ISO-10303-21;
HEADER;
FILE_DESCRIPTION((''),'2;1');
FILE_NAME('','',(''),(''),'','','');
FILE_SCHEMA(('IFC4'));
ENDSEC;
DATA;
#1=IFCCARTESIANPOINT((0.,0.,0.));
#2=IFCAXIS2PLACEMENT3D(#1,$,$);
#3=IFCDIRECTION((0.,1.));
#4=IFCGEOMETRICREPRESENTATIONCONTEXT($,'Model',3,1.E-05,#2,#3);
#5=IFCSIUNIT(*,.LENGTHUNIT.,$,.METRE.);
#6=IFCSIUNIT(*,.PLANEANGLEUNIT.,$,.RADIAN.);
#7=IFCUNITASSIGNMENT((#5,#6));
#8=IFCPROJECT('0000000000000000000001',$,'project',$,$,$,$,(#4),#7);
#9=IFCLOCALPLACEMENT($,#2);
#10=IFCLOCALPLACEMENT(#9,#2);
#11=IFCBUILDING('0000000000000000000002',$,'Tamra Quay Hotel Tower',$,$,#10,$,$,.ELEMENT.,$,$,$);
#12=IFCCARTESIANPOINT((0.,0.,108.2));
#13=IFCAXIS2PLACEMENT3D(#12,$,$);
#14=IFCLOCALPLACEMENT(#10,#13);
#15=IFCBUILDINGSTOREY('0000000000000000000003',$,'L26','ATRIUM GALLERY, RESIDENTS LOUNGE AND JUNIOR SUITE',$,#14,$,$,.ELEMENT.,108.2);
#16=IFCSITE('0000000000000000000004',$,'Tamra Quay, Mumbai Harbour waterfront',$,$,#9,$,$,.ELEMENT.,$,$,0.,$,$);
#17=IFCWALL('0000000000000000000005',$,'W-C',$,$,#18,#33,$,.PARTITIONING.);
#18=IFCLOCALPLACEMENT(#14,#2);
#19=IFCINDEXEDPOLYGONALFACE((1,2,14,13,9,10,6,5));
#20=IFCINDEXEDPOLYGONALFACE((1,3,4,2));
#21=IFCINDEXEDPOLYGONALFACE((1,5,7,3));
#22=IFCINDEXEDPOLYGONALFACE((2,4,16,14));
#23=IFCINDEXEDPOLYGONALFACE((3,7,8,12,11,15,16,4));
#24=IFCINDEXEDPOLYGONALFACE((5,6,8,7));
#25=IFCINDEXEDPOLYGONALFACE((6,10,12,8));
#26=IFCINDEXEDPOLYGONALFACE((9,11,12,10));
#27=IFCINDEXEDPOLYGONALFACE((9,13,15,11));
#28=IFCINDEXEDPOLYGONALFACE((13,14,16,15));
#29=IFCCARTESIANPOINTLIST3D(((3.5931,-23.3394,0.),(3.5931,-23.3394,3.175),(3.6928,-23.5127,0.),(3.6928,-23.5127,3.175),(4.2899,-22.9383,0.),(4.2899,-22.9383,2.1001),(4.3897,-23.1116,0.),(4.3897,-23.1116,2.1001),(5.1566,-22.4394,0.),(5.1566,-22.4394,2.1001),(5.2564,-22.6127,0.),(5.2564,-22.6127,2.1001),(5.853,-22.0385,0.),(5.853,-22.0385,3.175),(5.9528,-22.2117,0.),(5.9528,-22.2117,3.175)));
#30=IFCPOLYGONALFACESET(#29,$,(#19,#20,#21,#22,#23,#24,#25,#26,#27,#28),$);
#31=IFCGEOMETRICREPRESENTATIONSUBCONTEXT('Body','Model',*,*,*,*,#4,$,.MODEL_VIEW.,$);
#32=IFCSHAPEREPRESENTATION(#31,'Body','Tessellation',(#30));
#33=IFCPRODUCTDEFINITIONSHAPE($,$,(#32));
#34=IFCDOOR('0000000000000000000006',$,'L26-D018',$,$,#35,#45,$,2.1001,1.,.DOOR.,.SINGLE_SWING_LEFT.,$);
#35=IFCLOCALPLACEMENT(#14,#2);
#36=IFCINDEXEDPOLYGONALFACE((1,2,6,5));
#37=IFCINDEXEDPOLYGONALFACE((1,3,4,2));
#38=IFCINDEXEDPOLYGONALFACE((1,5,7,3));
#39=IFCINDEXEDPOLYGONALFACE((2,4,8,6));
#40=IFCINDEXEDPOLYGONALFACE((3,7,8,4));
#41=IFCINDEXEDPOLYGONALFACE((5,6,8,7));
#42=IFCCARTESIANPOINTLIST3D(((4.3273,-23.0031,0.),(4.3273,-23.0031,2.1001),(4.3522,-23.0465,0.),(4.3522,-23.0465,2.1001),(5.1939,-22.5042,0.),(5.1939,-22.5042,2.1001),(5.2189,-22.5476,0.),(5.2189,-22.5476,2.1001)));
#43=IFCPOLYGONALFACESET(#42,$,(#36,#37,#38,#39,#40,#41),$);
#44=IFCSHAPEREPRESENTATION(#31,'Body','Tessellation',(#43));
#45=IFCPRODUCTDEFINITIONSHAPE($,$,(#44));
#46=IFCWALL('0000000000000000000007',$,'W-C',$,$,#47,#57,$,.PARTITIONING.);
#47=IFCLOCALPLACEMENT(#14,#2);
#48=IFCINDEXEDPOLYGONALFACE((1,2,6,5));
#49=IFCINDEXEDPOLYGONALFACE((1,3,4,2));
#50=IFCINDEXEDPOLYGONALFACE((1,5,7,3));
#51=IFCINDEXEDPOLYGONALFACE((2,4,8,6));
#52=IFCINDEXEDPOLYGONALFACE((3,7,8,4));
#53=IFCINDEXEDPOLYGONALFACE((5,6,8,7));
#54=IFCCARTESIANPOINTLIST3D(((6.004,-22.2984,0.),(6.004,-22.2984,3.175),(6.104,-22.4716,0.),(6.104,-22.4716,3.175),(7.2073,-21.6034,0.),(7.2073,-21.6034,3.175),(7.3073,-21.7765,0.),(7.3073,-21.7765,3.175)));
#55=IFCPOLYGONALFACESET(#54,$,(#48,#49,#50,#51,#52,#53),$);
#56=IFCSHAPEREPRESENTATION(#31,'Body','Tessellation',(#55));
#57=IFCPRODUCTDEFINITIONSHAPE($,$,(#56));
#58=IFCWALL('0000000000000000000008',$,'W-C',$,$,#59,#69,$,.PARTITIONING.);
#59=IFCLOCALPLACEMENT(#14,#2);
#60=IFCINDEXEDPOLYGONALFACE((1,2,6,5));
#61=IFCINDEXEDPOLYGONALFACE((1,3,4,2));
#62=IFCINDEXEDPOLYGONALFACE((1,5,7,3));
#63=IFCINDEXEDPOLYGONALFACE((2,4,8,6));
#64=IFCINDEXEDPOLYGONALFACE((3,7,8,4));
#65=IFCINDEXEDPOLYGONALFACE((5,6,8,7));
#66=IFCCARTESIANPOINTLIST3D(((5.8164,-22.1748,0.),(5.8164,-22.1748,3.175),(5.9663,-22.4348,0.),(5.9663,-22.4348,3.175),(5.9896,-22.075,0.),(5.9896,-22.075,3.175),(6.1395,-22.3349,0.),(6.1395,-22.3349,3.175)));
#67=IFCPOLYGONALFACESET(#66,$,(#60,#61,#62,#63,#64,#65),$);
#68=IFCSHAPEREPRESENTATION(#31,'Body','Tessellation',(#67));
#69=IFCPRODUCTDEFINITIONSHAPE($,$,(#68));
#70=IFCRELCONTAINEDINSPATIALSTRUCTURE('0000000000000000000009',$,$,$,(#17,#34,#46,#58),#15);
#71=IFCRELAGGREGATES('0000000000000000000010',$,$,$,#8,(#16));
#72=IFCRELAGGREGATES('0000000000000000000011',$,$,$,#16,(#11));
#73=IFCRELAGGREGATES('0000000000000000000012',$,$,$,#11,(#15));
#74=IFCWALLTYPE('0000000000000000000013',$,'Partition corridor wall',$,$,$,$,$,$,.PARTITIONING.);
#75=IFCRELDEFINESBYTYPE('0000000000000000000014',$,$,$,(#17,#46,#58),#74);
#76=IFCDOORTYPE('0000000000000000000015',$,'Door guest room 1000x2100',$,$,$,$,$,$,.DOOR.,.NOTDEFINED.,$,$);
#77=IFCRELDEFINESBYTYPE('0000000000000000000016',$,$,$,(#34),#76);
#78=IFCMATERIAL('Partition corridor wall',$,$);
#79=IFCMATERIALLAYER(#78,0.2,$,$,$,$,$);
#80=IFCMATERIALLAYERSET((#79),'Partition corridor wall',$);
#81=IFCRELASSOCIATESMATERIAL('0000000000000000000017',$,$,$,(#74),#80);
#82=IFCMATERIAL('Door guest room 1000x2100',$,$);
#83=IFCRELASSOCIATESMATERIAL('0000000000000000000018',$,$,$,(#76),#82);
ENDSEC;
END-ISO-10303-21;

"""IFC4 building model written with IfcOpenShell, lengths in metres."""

from ifc_helpers import new_model, si_unit, direction, frame, frame_2d, origin, place, context, subcontext, project, spatial, rectangle, extrude, material, layer, layer_set, type_object, element, fill, save


model = new_model("IFC4")

# Units and contexts
model_context = context("Model", 3, precision=1e-05, world=origin(), true_north=direction((0.0, 1.0)))
body_context = subcontext(model_context, "Body", "Model", "MODEL_VIEW")
ifc_project = project(units=[si_unit("LENGTHUNIT", "METRE"), si_unit("PLANEANGLEUNIT", "RADIAN")], contexts=[model_context])

# Site, building, storey
site_placement = place(None, origin())
site = spatial("IfcSite", under=ifc_project, at=site_placement, Name="Tamra Quay, Mumbai Harbour waterfront", CompositionType="ELEMENT", RefElevation=0.0)
building_placement = place(site_placement, origin())
building = spatial("IfcBuilding", under=site, at=building_placement, Name="Tamra Quay Hotel Tower", CompositionType="ELEMENT")
storey_placement = place(building_placement, frame((0.0, 0.0, 108.2)))
storey = spatial("IfcBuildingStorey", under=building, at=storey_placement, Name="L26", Description="ATRIUM GALLERY, RESIDENTS LOUNGE AND JUNIOR SUITE", CompositionType="ELEMENT", Elevation=108.2)

# Wall, opening, door
ifc_material_1 = material(Name="Partition corridor wall")
ifc_layer_1 = layer(ifc_material_1, 0.2)
ifc_layer_set_1 = layer_set([ifc_layer_1], Name="Partition corridor wall")
wall_type_1 = type_object("IfcWallType", Name="Partition corridor wall", PredefinedType="PARTITIONING", material=ifc_layer_set_1)
wall_1_placement = place(storey_placement, frame((3.6431, -23.426, 0.0), z_axis=(0.0, 0.0, 1.0), x_axis=(0.866654, 0.498909, 0.0)))
wall_1 = element("IfcWall", 1, at=wall_1_placement, inside=storey, type_object=wall_type_1, Name="W-C", PredefinedType="PARTITIONING", context=body_context, shape_type="SweptSolid", body=[
    extrude(rectangle(XDim=2.6077, YDim=0.2, at=frame_2d((1.3037, 0.0))), origin(), (0.0, 0.0, 1.0), 3.175),
])
opening_1_placement = place(wall_1_placement, frame((0.804, 0.0, 0.0)))
opening_1 = element("IfcOpeningElement", 2, at=opening_1_placement, cuts=wall_1, PredefinedType="OPENING", context=body_context, shape_type="SweptSolid", body=[
    extrude(rectangle(XDim=1.0, YDim=2.1001, at=frame_2d((0.5, 1.05))), frame((0.0, 0.1099, 0.0), z_axis=(0.0, -1.0, 0.0), x_axis=(1.0, 0.0, 0.0)), (0.0, 0.0, 1.0), 0.22),
])
ifc_material_2 = material(Name="Door guest room 1000x2100")
door_type_1 = type_object("IfcDoorType", Name="Door guest room 1000x2100", OperationType="NOTDEFINED", PredefinedType="DOOR", material=ifc_material_2)
door_1_placement = place(opening_1_placement, frame((1.0, 0.0, 0.0), z_axis=(0.0, 0.0, 1.0), x_axis=(-1.0, 0.0, 0.0)))
door_1 = element("IfcDoor", 3, at=door_1_placement, inside=storey, type_object=door_type_1, Name="L26-D018", OperationType="SINGLE_SWING_LEFT", OverallHeight=2.1001, OverallWidth=1.0, PredefinedType="DOOR", context=body_context, shape_type="SweptSolid", body=[
    extrude(rectangle(XDim=1.0, YDim=2.1001, at=frame_2d((0.5, 1.05))), frame((0.0, 0.0249, 0.0), z_axis=(0.0, -1.0, 0.0), x_axis=(1.0, 0.0, 0.0)), (0.0, 0.0, 1.0), 0.05),
])
fill(opening_1, door_1)

# Walls
wall_2_placement = place(storey_placement, frame((6.054, -22.385, 0.0), z_axis=(0.0, 0.0, 1.0), x_axis=(0.865931, 0.500163, 0.0)))
element("IfcWall", 4, at=wall_2_placement, inside=storey, type_object=wall_type_1, Name="W-C", PredefinedType="PARTITIONING", context=body_context, shape_type="SweptSolid", body=[
    extrude(rectangle(XDim=1.3896, YDim=0.2, at=frame_2d((0.6948, 0.0))), origin(), (0.0, 0.0, 1.0), 3.175),
])
wall_3_placement = place(storey_placement, frame((5.9031, -22.125, 0.0), z_axis=(0.0, 0.0, 1.0), x_axis=(0.499464, -0.866335, 0.0)))
element("IfcWall", 5, at=wall_3_placement, inside=storey, type_object=wall_type_1, Name="W-C", PredefinedType="PARTITIONING", context=body_context, shape_type="SweptSolid", body=[
    extrude(rectangle(XDim=0.3, YDim=0.2, at=frame_2d((0.1499, 0.0))), origin(), (0.0, 0.0, 1.0), 3.175),
])

save(model, "model.ifc")
